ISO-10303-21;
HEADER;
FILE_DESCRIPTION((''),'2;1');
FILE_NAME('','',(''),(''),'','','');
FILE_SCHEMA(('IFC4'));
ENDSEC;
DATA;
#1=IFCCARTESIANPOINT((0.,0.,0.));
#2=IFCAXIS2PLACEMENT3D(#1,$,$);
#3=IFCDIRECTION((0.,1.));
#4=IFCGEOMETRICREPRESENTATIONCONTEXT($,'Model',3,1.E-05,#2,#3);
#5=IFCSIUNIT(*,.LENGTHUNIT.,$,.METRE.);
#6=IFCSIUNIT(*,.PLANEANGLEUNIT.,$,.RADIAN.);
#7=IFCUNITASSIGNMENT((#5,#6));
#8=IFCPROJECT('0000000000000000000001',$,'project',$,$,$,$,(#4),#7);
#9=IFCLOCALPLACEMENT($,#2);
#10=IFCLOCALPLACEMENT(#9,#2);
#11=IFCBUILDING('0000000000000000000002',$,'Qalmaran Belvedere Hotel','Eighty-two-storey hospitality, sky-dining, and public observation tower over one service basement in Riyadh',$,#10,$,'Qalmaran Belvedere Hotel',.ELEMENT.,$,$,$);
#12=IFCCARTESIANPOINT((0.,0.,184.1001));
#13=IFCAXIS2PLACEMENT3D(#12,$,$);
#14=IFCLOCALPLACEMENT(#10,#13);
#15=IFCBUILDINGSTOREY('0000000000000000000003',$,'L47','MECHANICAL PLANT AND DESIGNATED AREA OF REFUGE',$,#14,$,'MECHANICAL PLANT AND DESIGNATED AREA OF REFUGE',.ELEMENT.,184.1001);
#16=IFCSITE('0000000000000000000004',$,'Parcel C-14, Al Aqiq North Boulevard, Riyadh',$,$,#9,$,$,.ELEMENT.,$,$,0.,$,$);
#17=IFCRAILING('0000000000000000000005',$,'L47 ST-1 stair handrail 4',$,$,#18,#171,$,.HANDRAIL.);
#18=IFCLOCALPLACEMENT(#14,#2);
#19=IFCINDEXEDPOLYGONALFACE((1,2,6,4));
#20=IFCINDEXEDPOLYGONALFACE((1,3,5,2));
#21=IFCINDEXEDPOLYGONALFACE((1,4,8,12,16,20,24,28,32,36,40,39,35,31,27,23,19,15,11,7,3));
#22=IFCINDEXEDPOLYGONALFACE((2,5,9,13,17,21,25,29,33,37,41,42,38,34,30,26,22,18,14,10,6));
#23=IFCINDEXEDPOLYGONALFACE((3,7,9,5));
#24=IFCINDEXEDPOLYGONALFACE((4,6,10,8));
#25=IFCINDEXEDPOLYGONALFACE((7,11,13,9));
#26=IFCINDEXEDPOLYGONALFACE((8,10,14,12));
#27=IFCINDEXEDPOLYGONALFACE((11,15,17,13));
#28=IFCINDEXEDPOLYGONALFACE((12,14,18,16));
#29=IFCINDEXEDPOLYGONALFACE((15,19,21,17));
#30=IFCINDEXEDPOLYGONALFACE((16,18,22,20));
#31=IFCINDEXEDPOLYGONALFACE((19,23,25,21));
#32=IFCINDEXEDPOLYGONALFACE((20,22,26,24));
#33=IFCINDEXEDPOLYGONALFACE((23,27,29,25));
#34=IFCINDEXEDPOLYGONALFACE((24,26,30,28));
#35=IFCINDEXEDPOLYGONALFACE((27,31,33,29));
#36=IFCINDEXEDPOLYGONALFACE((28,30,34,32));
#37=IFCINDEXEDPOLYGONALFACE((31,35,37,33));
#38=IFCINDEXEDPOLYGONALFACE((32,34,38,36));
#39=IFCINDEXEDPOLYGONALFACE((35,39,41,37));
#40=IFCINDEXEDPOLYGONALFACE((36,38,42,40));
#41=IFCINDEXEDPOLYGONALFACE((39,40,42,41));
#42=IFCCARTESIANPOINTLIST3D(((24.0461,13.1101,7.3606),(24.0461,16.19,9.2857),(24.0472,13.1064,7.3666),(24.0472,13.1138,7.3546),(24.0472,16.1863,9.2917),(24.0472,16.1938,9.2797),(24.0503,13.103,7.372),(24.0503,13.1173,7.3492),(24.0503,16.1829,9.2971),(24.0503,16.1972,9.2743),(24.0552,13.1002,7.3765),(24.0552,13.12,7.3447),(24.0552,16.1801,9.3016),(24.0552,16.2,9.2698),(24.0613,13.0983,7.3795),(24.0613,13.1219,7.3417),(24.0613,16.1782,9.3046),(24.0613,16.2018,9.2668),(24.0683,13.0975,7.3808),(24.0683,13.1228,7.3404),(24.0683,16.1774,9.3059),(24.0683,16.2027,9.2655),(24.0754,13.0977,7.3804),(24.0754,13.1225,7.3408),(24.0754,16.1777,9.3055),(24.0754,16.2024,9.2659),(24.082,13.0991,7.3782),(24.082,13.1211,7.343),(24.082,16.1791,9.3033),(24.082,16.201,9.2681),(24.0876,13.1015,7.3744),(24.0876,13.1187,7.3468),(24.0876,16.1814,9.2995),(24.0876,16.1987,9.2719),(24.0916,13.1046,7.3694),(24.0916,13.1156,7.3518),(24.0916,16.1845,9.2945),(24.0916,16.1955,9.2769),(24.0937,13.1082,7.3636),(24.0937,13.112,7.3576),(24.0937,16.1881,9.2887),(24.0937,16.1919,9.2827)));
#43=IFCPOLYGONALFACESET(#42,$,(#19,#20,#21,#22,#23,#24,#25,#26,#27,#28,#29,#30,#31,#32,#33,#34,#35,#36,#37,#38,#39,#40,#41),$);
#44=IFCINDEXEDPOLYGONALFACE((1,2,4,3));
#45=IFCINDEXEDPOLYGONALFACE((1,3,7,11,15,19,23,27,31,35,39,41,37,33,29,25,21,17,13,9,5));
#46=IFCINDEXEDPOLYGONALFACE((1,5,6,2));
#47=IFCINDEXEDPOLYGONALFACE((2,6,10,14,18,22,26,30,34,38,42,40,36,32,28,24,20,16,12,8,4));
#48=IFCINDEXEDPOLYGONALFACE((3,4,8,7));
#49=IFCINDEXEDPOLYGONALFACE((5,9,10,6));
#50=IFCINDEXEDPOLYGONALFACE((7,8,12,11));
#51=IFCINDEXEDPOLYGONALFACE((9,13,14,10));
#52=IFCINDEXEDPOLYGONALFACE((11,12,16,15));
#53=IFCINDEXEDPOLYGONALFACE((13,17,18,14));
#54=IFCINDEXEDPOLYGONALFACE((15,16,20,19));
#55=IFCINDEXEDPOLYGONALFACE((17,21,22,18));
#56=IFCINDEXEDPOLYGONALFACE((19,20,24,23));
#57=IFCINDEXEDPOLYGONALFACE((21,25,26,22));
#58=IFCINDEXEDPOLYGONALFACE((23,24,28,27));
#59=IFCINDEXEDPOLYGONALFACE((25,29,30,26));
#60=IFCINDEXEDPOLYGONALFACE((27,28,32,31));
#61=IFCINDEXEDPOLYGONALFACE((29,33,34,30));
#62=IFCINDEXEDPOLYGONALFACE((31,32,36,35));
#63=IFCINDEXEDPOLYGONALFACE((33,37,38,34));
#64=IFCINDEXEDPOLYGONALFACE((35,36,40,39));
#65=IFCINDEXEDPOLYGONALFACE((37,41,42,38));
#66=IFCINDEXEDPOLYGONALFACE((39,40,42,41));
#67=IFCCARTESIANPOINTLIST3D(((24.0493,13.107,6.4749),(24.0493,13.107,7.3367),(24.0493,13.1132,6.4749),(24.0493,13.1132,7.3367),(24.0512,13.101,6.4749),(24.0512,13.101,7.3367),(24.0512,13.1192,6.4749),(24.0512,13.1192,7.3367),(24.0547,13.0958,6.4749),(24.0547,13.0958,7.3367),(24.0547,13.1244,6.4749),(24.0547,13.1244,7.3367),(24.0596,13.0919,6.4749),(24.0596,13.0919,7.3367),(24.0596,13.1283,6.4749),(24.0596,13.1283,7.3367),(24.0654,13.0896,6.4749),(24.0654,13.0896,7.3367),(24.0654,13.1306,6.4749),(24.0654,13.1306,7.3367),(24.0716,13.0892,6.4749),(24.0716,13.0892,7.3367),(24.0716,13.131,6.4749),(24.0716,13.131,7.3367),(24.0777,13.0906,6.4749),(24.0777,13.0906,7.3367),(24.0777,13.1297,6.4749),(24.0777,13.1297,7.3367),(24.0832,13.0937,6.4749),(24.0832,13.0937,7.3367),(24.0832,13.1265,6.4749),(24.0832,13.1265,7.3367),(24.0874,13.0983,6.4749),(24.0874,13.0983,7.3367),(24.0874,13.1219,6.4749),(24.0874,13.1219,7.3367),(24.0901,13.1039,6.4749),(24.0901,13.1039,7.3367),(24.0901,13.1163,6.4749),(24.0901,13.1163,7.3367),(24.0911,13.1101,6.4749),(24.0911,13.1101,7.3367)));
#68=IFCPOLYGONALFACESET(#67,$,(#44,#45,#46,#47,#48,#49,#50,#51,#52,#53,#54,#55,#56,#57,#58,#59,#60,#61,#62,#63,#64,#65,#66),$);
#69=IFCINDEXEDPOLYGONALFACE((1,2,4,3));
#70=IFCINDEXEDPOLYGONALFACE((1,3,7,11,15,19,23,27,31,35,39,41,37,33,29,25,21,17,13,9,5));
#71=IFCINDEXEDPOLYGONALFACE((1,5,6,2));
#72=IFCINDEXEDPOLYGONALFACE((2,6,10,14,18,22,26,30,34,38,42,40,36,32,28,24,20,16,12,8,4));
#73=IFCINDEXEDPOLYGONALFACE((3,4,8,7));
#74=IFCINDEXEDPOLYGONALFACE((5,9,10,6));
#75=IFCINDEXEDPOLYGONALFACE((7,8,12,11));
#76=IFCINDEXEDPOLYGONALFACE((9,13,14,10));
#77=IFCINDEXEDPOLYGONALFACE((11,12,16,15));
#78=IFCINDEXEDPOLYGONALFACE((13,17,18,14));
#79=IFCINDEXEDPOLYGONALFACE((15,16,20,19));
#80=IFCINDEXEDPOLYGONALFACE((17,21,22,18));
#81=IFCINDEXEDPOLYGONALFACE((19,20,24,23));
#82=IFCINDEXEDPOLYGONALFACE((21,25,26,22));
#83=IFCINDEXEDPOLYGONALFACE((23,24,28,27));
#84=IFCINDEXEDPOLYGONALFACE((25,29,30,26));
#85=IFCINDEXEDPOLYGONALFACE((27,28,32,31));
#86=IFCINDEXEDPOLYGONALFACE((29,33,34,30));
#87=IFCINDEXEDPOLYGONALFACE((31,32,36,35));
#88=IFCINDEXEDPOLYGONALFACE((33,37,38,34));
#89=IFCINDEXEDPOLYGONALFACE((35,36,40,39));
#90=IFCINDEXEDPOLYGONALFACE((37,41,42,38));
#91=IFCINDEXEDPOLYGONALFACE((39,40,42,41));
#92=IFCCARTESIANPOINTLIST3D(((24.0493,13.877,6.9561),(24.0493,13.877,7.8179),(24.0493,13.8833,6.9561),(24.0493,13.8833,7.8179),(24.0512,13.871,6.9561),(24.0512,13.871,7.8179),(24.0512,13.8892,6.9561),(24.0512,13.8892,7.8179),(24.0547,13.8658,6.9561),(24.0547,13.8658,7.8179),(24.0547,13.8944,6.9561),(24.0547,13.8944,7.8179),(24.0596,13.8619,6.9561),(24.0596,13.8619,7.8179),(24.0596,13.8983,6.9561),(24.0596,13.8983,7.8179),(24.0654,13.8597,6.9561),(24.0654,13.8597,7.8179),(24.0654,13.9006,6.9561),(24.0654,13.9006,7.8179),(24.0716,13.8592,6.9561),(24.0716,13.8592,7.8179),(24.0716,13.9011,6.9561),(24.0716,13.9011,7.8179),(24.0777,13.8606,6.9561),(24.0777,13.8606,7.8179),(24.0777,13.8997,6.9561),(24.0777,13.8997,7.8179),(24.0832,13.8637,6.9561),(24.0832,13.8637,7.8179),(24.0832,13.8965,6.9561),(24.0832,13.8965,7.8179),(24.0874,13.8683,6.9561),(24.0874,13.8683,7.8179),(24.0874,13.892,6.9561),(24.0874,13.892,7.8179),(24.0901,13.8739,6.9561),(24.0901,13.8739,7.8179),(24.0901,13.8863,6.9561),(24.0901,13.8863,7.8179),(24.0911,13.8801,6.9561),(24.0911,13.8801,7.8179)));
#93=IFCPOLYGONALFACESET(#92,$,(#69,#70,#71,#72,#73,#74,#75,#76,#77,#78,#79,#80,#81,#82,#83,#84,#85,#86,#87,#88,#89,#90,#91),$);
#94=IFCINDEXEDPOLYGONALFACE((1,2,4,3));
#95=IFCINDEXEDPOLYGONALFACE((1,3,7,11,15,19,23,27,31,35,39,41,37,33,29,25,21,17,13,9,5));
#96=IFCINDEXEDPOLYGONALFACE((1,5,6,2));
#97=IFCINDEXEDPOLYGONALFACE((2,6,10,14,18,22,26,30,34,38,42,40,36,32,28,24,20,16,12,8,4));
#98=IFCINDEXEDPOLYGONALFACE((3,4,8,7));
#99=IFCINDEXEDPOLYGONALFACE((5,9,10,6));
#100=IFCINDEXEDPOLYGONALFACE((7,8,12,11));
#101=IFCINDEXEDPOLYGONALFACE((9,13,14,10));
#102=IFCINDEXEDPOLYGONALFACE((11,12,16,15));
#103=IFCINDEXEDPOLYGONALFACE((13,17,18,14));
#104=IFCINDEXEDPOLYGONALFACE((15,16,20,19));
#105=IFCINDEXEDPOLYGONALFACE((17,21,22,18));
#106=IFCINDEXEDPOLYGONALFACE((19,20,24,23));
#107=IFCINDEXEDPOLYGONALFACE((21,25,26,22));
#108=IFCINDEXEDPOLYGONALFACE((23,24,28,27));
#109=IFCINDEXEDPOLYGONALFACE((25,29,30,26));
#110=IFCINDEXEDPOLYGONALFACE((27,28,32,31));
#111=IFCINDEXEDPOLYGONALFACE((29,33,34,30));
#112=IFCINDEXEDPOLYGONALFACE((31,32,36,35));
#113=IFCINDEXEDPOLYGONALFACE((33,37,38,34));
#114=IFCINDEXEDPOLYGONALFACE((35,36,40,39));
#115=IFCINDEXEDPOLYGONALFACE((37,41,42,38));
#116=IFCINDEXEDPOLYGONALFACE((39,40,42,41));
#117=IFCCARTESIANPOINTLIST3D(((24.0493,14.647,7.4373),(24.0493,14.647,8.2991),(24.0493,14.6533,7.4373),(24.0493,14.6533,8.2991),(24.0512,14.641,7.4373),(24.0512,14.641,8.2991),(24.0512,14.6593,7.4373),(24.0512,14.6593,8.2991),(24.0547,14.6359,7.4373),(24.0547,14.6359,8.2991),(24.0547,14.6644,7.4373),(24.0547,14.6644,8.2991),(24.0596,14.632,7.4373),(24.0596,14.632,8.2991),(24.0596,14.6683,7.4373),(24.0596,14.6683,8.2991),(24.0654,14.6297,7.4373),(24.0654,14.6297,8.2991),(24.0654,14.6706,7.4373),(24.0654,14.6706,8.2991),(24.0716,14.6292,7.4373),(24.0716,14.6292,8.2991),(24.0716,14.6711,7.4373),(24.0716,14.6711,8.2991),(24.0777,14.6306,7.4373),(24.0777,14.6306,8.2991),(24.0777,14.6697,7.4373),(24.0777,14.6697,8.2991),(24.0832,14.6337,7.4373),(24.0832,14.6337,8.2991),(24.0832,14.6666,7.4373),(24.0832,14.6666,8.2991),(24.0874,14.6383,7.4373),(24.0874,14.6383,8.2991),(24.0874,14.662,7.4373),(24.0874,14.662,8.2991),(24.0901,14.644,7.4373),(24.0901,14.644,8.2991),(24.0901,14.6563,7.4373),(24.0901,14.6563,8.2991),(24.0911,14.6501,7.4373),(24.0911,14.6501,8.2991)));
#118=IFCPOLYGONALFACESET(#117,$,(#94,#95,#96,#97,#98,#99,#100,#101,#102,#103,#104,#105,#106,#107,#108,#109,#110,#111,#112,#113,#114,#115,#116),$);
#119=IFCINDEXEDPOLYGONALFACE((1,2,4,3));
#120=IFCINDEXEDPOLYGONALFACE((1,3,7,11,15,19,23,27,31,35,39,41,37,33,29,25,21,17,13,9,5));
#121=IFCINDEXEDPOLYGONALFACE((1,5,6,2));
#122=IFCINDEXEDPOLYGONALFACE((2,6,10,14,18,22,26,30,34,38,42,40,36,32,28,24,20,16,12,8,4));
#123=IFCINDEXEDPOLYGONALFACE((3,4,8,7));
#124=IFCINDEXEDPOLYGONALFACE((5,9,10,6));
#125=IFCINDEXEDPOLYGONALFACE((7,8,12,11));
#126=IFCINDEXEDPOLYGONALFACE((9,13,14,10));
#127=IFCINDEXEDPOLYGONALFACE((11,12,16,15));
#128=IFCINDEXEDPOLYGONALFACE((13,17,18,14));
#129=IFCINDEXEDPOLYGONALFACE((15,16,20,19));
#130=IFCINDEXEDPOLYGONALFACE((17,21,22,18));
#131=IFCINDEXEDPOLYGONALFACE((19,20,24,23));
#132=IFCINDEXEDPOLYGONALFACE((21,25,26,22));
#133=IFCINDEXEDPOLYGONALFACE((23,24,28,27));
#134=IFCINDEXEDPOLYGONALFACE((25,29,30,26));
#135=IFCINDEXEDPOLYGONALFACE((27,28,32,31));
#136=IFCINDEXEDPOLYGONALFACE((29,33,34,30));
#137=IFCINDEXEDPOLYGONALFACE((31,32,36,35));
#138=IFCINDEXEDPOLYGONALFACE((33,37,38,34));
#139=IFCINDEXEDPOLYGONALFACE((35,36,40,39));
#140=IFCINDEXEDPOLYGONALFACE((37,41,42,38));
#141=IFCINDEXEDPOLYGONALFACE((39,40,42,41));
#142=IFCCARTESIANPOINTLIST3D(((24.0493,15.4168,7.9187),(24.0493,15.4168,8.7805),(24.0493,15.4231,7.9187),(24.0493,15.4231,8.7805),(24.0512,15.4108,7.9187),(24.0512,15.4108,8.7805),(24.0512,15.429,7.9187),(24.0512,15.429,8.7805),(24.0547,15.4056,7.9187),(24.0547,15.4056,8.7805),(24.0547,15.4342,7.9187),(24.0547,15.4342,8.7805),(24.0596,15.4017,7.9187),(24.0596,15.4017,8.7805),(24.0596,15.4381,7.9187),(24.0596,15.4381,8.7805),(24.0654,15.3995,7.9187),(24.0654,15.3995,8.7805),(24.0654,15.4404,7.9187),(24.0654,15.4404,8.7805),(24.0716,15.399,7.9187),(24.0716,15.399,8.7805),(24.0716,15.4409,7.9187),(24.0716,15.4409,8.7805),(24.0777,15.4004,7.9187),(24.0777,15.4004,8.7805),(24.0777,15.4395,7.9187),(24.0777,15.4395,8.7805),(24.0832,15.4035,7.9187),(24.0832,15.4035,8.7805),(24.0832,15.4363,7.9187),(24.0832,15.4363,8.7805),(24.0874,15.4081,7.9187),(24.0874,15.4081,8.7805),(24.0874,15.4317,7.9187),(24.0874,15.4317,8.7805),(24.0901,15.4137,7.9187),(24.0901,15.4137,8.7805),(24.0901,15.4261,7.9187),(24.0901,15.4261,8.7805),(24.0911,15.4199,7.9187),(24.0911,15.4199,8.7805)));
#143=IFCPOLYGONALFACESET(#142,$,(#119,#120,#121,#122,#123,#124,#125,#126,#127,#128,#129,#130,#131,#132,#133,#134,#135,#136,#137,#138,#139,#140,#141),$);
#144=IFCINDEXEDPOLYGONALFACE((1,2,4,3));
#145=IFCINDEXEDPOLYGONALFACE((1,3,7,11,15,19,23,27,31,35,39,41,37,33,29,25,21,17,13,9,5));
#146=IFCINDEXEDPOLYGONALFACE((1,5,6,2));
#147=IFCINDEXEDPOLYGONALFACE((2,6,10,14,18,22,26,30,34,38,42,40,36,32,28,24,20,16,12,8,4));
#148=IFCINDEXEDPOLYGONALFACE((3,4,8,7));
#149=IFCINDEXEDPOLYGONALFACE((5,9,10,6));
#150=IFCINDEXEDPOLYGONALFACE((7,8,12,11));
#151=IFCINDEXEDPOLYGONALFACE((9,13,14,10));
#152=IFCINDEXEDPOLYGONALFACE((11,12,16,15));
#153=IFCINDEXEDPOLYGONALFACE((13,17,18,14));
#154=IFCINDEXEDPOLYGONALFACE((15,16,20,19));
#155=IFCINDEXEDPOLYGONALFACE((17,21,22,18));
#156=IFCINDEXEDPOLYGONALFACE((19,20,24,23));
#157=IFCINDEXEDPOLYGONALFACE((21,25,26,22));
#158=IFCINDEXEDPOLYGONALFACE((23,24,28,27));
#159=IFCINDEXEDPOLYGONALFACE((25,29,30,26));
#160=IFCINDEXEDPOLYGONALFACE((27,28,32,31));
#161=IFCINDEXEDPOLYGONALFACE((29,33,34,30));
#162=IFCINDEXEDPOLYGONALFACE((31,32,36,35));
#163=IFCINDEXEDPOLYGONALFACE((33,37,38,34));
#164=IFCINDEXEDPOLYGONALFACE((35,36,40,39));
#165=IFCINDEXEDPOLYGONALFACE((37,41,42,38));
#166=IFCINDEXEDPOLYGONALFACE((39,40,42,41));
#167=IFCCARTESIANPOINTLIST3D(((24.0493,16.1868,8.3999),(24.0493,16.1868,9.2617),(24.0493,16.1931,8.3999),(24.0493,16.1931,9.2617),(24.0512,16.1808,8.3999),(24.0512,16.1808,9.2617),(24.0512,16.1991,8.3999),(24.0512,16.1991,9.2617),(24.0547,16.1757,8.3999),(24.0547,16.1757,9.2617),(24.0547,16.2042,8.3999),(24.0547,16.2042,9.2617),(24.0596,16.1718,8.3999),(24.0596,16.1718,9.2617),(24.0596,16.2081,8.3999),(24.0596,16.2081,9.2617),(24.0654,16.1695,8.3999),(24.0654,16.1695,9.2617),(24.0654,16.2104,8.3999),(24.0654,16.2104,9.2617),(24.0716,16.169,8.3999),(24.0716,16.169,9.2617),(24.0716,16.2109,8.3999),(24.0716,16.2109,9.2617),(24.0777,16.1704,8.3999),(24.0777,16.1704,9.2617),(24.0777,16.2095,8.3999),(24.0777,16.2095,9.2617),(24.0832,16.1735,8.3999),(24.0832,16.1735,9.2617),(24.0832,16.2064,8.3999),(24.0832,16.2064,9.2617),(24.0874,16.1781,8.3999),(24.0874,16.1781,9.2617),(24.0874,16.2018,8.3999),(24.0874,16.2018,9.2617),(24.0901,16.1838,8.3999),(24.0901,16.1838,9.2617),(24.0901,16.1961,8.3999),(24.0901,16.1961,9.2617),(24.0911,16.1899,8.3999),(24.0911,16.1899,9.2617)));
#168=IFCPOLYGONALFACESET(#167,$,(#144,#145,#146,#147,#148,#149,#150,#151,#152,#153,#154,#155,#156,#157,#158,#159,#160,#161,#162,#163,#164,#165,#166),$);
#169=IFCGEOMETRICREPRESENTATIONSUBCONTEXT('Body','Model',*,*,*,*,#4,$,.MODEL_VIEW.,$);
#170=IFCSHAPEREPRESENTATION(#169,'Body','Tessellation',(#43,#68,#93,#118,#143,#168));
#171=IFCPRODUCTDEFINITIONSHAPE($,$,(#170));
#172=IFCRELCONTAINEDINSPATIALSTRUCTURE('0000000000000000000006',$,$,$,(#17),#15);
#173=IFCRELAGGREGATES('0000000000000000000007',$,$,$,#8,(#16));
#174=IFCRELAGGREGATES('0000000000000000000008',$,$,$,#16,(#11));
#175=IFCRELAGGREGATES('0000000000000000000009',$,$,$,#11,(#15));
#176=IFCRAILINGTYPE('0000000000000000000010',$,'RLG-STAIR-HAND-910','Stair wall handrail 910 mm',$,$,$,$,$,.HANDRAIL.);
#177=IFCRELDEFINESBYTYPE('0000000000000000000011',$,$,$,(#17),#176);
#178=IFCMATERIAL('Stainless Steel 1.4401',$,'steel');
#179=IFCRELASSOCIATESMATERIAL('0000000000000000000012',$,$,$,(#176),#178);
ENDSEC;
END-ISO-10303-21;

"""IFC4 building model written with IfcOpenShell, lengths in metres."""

from ifc_helpers import new_model, si_unit, direction, frame, origin, origin_2d, place, context, subcontext, project, spatial, circle, extrude, material, type_object, element, save


model = new_model("IFC4")

# Units and contexts
model_context = context("Model", 3, precision=1e-05, world=origin(), true_north=direction((0.0, 1.0)))
body_context = subcontext(model_context, "Body", "Model", "MODEL_VIEW")
ifc_project = project(units=[si_unit("LENGTHUNIT", "METRE"), si_unit("PLANEANGLEUNIT", "RADIAN")], contexts=[model_context])

# Site, building, storey
site_placement = place(None, origin())
site = spatial("IfcSite", under=ifc_project, at=site_placement, Name="Parcel C-14, Al Aqiq North Boulevard, Riyadh", CompositionType="ELEMENT", RefElevation=0.0)
building_placement = place(site_placement, origin())
building = spatial("IfcBuilding", under=site, at=building_placement, Name="Qalmaran Belvedere Hotel", Description="Eighty-two-storey hospitality, sky-dining, and public observation tower over one service basement in Riyadh", LongName="Qalmaran Belvedere Hotel", CompositionType="ELEMENT")
storey_placement = place(building_placement, frame((0.0, 0.0, 184.1001)))
storey = spatial("IfcBuildingStorey", under=building, at=storey_placement, Name="L47", Description="MECHANICAL PLANT AND DESIGNATED AREA OF REFUGE", LongName="MECHANICAL PLANT AND DESIGNATED AREA OF REFUGE", CompositionType="ELEMENT", Elevation=184.1001)

# Shared definitions
ifc_material_1 = material(Name="Stainless Steel 1.4401", Category="steel")

# Railing
railing_type_1 = type_object("IfcRailingType", Name="RLG-STAIR-HAND-910", Description="Stair wall handrail 910 mm", PredefinedType="HANDRAIL", material=ifc_material_1)
railing_1_placement = place(storey_placement, frame((24.0701, 13.1101, 6.4749)))
element("IfcRailing", 1, at=railing_1_placement, inside=storey, type_object=railing_type_1, Name="L47 ST-1 stair handrail 4", PredefinedType="HANDRAIL", context=body_context, shape_type="SweptSolid", body=[
    extrude(circle(Radius=0.0239, at=origin_2d()), frame((0.0, 0.0, 0.8857), z_axis=(0.0, 0.847979, 0.530029), x_axis=(-1.0, 0.0, 0.0)), (0.0, 0.0, 1.0), 3.6321),
    extrude(circle(Radius=0.021, at=origin_2d()), origin(), (0.0, 0.0, 1.0), 0.8618),
    extrude(circle(Radius=0.021, at=origin_2d()), frame((0.0, 0.77, 0.4812)), (0.0, 0.0, 1.0), 0.8618),
    extrude(circle(Radius=0.021, at=origin_2d()), frame((0.0, 1.54, 0.9624)), (0.0, 0.0, 1.0), 0.8618),
    extrude(circle(Radius=0.021, at=origin_2d()), frame((0.0, 2.3098, 1.4438)), (0.0, 0.0, 1.0), 0.8618),
    extrude(circle(Radius=0.021, at=origin_2d()), frame((0.0, 3.0798, 1.925)), (0.0, 0.0, 1.0), 0.8618),
])

save(model, "model.ifc")
